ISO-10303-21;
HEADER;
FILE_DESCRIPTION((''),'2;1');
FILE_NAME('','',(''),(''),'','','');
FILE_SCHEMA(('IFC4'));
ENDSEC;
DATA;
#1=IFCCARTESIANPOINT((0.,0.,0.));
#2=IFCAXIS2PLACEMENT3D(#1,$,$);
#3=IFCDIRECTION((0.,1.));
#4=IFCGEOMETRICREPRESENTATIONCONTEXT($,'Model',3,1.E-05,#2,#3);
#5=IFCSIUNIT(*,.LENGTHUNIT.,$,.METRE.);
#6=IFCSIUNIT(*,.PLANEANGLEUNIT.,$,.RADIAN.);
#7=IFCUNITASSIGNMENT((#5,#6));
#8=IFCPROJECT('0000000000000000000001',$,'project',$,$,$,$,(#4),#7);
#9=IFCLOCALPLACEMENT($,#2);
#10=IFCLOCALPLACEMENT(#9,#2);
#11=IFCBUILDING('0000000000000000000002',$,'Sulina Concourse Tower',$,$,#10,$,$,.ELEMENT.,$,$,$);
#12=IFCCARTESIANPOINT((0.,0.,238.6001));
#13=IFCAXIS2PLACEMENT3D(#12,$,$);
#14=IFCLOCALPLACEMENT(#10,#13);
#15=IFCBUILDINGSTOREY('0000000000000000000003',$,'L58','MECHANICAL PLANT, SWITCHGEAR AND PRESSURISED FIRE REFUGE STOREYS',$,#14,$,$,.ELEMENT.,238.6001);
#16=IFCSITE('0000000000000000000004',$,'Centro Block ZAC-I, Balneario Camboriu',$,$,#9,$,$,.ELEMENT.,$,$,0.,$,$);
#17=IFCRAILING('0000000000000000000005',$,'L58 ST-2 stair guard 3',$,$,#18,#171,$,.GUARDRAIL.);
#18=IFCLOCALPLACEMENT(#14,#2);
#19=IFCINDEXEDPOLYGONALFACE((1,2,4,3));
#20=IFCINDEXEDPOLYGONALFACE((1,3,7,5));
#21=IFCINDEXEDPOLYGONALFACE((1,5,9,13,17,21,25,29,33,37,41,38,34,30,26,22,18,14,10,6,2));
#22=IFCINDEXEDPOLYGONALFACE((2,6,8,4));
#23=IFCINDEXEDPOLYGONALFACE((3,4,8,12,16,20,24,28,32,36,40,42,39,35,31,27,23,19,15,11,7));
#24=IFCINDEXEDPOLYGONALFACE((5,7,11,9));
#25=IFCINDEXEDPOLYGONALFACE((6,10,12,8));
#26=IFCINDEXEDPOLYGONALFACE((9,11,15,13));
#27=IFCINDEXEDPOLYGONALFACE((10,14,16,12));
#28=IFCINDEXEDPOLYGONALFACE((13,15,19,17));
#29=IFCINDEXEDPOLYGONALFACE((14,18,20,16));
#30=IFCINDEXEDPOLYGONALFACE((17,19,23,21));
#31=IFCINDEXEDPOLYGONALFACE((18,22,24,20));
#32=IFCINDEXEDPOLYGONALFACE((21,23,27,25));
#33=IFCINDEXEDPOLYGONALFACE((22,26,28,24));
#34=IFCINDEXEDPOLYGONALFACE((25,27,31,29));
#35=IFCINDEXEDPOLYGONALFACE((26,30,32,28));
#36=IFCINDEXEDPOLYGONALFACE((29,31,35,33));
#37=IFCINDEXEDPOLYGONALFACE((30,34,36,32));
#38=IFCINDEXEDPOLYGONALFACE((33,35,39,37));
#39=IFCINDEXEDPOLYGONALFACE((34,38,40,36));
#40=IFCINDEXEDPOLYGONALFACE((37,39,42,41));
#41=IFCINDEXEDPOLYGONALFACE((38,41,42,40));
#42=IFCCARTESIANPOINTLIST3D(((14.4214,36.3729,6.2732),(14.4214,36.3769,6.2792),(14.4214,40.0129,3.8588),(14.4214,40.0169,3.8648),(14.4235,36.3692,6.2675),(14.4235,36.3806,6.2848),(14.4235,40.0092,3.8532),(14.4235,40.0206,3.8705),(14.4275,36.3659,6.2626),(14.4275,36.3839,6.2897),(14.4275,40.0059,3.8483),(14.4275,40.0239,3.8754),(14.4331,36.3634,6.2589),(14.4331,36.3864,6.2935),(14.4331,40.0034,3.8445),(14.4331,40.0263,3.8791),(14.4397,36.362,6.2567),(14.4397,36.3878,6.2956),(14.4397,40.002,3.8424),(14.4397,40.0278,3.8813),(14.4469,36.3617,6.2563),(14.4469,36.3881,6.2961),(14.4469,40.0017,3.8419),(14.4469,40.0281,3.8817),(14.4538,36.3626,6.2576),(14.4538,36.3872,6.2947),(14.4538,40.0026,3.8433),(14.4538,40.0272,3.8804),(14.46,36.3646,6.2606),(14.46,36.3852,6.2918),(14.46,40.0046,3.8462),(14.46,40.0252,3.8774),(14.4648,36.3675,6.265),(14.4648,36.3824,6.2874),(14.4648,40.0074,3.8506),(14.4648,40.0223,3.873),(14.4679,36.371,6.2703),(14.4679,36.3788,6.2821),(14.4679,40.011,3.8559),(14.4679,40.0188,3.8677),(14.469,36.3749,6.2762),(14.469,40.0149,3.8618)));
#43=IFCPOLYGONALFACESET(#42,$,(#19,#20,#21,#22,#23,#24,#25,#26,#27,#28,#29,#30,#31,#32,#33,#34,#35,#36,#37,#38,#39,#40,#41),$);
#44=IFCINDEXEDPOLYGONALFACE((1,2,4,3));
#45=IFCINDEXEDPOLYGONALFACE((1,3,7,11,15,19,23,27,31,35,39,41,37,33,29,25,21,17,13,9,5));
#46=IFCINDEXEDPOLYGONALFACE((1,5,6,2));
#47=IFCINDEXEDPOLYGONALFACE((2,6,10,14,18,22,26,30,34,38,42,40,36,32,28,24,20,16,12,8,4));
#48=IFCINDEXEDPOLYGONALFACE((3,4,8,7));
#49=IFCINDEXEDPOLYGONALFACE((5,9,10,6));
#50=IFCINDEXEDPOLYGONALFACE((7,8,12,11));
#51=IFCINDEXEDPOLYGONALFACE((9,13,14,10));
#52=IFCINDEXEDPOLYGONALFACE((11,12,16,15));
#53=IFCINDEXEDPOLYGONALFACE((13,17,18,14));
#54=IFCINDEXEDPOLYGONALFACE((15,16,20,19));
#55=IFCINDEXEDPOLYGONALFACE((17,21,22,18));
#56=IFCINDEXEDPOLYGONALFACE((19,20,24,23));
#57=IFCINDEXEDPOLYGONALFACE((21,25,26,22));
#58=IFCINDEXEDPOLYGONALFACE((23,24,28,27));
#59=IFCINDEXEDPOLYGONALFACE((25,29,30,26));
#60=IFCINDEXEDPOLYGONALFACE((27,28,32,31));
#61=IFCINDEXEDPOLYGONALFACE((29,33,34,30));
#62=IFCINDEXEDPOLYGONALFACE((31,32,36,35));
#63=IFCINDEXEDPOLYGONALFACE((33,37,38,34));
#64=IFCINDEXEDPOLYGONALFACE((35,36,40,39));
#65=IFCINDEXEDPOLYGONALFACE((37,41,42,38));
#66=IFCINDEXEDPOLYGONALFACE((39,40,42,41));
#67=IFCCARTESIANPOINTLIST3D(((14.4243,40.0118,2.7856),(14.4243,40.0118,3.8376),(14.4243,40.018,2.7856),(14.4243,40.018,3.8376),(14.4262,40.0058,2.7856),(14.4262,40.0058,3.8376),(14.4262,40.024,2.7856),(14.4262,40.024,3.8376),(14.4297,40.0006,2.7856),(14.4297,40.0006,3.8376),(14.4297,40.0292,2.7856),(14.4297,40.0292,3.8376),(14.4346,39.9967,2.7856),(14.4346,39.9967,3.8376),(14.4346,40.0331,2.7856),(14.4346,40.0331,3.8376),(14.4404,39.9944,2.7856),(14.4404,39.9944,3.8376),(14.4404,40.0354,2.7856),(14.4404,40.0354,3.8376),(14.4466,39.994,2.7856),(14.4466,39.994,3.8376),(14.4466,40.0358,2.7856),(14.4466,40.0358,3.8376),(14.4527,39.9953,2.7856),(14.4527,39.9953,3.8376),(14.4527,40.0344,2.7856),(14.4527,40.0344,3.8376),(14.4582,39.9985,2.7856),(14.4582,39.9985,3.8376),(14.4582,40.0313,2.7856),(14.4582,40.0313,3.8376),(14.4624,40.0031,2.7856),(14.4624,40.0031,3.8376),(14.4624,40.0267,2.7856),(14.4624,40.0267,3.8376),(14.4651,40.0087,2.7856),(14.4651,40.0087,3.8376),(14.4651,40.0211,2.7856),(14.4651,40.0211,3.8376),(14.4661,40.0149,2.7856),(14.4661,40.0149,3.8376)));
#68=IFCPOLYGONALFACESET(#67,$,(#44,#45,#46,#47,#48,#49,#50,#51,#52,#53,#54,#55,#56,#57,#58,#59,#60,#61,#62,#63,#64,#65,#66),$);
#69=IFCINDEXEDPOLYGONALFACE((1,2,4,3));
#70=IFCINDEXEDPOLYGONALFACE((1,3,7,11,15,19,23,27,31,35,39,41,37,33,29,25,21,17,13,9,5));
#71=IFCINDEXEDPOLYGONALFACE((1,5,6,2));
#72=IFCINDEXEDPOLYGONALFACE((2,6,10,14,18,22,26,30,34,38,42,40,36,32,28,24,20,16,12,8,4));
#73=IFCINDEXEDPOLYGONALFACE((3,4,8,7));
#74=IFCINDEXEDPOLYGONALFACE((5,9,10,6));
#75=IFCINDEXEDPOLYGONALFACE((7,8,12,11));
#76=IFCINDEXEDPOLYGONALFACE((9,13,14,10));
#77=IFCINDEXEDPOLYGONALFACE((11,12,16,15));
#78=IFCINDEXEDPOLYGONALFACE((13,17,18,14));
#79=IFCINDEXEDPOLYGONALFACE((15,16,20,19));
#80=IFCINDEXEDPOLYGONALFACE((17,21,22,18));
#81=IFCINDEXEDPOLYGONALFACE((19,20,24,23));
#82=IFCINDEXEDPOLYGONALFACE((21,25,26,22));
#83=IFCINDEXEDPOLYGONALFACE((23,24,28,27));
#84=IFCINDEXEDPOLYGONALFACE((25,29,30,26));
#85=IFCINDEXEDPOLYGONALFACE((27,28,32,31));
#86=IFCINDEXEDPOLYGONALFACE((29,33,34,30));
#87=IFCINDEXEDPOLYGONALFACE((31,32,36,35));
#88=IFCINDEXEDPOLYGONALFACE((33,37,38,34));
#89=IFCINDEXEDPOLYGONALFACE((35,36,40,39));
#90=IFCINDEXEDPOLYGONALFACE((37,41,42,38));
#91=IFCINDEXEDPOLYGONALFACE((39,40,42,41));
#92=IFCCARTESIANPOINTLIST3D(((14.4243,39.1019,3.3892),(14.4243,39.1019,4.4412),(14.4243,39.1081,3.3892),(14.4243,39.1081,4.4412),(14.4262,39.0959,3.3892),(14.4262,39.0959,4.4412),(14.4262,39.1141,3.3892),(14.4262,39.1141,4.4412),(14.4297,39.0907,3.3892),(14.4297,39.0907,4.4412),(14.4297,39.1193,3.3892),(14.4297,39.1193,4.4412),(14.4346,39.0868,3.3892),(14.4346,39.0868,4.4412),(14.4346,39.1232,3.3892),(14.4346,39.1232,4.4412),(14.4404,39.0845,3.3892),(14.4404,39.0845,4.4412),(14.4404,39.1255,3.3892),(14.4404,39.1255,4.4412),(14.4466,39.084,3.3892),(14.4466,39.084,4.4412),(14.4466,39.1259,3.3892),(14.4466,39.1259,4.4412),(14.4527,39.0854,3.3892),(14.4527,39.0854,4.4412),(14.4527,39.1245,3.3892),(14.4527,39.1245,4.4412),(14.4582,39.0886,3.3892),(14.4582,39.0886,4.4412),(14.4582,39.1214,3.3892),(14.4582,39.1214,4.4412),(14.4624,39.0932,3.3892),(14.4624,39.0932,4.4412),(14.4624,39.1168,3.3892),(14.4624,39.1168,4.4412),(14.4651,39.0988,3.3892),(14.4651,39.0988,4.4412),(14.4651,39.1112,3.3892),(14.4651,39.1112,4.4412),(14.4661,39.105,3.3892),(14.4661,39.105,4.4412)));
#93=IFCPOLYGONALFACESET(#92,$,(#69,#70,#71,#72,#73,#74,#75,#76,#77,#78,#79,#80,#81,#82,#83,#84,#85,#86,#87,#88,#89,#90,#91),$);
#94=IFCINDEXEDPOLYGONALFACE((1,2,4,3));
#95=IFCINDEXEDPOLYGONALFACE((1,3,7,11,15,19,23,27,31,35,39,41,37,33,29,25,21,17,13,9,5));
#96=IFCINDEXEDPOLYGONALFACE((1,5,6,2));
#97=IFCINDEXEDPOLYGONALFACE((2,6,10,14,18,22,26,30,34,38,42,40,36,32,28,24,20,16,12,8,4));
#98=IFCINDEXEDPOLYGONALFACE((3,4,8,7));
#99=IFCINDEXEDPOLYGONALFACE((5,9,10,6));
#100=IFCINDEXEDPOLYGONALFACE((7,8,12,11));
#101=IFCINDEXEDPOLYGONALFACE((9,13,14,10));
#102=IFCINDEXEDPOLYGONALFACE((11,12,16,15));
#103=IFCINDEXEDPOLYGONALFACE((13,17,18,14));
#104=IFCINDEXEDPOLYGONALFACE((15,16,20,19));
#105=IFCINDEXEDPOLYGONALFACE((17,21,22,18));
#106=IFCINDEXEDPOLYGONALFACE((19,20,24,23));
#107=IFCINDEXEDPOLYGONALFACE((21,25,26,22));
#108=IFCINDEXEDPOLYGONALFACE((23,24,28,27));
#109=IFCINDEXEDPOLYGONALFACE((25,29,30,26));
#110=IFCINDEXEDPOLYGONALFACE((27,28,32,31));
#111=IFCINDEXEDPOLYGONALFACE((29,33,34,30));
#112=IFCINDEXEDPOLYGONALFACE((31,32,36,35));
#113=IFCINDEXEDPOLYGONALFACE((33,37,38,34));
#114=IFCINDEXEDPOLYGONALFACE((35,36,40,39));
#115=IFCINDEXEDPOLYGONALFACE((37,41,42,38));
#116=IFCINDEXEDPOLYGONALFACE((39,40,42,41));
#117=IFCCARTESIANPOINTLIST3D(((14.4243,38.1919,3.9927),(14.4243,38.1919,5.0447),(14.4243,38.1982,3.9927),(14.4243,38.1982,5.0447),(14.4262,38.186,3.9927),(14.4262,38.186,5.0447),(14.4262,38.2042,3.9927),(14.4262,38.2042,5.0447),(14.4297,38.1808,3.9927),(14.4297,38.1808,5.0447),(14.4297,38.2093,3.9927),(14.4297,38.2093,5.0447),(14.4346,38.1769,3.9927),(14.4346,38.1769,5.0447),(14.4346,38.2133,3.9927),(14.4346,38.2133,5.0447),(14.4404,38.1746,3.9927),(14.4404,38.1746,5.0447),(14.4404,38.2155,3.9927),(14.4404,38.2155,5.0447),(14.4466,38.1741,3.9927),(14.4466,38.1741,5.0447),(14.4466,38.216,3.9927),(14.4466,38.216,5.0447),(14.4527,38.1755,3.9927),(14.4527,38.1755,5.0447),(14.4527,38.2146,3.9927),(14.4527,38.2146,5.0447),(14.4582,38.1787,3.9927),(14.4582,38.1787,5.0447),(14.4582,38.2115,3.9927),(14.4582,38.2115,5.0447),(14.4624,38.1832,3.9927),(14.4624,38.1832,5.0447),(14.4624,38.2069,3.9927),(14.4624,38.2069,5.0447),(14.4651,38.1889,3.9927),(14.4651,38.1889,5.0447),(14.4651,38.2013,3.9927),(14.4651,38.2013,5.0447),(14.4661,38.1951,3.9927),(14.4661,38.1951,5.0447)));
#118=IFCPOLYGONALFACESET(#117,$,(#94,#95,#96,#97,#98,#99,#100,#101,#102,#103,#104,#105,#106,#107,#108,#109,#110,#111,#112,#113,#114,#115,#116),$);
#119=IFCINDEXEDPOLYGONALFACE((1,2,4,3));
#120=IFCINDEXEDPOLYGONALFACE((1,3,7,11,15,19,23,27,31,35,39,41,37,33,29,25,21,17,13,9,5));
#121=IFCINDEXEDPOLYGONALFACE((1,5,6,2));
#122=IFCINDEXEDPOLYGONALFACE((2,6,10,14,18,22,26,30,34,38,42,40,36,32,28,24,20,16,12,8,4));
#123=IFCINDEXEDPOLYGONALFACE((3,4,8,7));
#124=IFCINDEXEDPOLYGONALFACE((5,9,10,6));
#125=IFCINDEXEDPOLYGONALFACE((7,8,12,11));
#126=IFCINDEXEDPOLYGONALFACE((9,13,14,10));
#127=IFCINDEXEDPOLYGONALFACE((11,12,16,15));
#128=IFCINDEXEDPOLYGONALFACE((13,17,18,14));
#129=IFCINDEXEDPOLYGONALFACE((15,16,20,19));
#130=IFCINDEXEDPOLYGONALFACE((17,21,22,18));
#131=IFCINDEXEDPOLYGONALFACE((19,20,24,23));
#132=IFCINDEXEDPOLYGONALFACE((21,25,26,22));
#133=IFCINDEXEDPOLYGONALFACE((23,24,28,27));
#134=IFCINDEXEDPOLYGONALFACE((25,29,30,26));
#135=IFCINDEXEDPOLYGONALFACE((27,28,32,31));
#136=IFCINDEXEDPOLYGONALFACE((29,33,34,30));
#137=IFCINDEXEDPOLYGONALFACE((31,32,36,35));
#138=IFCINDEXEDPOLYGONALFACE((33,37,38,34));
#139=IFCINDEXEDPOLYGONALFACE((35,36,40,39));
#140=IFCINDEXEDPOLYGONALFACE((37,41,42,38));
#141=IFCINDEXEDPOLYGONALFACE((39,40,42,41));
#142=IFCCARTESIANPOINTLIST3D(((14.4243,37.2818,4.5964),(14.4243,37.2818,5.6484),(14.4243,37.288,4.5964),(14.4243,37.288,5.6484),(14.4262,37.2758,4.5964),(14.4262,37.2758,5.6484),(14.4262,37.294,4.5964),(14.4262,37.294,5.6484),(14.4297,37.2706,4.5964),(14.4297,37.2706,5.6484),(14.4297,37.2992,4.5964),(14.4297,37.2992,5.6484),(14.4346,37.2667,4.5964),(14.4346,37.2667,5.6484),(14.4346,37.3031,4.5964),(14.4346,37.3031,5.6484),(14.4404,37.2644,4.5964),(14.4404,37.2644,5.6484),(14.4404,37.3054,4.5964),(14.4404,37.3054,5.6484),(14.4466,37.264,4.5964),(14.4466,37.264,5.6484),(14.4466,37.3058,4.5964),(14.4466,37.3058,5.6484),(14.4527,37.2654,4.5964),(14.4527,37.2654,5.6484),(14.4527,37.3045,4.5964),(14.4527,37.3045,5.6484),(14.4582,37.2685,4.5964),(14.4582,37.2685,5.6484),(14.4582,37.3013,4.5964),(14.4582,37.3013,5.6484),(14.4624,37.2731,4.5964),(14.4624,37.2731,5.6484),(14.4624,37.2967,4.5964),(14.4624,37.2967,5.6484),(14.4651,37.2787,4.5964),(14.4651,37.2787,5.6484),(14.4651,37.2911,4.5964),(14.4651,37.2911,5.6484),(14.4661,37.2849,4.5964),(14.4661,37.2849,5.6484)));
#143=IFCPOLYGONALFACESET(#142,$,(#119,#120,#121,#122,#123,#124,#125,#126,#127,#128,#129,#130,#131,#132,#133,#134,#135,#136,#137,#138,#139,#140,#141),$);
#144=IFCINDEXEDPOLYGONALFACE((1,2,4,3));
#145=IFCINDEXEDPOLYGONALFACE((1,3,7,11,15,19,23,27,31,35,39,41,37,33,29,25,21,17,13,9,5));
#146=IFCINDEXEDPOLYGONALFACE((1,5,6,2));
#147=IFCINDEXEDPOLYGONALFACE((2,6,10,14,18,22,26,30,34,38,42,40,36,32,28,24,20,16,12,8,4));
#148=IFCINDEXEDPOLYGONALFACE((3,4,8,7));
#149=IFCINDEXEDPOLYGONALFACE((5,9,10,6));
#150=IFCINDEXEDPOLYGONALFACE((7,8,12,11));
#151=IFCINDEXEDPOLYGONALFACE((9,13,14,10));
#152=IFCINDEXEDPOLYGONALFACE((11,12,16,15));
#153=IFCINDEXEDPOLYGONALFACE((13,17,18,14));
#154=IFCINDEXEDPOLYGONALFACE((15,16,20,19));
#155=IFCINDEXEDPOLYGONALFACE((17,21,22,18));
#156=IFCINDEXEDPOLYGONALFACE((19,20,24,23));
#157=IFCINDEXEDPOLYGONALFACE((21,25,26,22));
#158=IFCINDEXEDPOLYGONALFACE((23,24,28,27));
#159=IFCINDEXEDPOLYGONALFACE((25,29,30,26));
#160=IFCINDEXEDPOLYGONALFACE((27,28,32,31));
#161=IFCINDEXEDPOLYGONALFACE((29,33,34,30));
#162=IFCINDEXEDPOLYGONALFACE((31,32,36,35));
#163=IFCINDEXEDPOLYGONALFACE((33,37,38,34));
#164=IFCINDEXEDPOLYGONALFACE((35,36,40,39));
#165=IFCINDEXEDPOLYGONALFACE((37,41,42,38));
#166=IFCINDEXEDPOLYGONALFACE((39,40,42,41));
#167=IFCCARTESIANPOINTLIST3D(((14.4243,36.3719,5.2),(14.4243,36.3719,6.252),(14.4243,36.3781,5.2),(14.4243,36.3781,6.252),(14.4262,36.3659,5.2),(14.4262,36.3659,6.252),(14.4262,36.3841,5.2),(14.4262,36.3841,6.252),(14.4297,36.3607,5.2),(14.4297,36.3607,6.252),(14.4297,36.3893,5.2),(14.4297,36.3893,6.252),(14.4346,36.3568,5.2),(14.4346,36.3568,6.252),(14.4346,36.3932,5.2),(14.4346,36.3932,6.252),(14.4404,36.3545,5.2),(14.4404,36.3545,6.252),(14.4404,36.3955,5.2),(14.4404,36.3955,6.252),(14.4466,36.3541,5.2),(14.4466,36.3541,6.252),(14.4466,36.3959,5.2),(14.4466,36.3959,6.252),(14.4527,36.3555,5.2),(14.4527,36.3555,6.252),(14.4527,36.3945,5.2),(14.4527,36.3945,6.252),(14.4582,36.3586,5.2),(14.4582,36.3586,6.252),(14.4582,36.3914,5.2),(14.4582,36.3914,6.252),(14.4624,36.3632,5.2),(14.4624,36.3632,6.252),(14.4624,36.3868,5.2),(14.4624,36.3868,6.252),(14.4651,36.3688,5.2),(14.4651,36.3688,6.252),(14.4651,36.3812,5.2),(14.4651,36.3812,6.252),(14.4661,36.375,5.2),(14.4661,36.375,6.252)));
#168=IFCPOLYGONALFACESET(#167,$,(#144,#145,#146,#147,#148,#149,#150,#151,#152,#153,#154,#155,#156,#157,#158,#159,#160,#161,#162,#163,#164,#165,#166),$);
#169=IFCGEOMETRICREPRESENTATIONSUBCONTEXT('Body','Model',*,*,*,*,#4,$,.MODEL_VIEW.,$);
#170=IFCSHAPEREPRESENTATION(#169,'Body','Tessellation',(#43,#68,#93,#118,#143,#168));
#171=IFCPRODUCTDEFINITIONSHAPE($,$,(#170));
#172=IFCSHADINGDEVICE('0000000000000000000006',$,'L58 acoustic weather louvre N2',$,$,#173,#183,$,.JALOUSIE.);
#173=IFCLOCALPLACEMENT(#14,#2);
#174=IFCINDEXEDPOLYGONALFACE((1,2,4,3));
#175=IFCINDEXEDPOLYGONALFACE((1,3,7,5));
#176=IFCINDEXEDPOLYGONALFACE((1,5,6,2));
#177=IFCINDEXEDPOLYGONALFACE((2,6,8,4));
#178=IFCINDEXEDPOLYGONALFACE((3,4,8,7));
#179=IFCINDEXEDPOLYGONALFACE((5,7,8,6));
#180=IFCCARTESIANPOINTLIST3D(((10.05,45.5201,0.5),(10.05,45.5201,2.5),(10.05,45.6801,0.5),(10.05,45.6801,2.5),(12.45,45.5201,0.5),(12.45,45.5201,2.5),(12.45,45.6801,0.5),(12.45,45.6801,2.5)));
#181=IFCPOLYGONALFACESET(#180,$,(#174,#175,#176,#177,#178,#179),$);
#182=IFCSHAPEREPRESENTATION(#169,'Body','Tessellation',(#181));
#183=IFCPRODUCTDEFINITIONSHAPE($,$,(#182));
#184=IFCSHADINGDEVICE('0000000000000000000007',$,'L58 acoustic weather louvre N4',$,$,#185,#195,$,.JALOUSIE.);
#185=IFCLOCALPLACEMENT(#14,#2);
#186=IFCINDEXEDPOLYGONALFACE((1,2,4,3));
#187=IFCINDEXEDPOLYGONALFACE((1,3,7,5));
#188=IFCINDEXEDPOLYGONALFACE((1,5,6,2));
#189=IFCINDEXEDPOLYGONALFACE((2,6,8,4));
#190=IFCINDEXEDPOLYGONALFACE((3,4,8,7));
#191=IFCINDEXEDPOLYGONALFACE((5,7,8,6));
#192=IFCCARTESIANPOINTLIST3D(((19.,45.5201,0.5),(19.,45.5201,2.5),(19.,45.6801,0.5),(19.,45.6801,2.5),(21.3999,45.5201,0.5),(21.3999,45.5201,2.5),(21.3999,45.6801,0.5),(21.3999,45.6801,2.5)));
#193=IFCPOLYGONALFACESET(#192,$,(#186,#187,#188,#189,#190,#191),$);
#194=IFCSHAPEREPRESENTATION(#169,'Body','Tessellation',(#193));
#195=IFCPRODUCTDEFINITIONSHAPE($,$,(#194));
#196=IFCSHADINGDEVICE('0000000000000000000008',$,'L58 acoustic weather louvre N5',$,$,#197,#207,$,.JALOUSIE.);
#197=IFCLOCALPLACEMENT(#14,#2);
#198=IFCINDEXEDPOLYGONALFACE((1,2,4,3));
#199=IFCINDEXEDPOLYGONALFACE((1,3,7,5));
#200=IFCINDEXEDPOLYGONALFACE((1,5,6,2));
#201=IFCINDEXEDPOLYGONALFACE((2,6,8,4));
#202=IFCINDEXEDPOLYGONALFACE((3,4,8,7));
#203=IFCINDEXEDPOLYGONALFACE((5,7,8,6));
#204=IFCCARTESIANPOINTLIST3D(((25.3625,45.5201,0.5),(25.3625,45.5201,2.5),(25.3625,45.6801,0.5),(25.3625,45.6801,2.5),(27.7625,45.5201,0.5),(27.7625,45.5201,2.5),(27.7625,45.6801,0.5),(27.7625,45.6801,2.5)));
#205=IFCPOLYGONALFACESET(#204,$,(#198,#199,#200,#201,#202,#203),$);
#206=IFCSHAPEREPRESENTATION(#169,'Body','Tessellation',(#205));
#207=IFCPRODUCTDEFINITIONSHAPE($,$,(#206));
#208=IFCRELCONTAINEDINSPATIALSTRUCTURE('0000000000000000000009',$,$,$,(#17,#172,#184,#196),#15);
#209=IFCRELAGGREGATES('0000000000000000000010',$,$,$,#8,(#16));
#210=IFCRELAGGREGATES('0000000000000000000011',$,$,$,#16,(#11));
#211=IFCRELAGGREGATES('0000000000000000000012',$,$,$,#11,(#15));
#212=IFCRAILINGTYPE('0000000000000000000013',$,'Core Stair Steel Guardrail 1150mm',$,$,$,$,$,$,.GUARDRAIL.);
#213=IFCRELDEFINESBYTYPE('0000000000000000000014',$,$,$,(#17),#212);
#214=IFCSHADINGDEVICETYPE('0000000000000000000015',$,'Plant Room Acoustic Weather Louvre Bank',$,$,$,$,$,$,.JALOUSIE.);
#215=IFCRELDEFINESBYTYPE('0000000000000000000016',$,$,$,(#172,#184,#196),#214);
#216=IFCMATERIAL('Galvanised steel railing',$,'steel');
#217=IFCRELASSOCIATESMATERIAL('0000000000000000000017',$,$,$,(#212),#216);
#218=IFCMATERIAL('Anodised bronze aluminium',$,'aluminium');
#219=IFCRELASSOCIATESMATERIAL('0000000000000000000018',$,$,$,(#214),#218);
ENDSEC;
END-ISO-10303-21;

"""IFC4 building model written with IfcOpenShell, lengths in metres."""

from ifc_helpers import new_model, si_unit, direction, frame, origin, origin_2d, place, context, subcontext, project, spatial, rectangle, circle, extrude, material, type_object, element, save


model = new_model("IFC4")

# Units and contexts
model_context = context("Model", 3, precision=1e-05, world=origin(), true_north=direction((0.0, 1.0)))
body_context = subcontext(model_context, "Body", "Model", "MODEL_VIEW")
ifc_project = project(units=[si_unit("LENGTHUNIT", "METRE"), si_unit("PLANEANGLEUNIT", "RADIAN")], contexts=[model_context])

# Site, building, storey
site_placement = place(None, origin())
site = spatial("IfcSite", under=ifc_project, at=site_placement, Name="Centro Block ZAC-I, Balneario Camboriu", CompositionType="ELEMENT", RefElevation=0.0)
building_placement = place(site_placement, origin())
building = spatial("IfcBuilding", under=site, at=building_placement, Name="Sulina Concourse Tower", CompositionType="ELEMENT")
storey_placement = place(building_placement, frame((0.0, 0.0, 238.6001)))
storey = spatial("IfcBuildingStorey", under=building, at=storey_placement, Name="L58", Description="MECHANICAL PLANT, SWITCHGEAR AND PRESSURISED FIRE REFUGE STOREYS", CompositionType="ELEMENT", Elevation=238.6001)

# Railing
ifc_material_1 = material(Name="Galvanised steel railing", Category="steel")
railing_type_1 = type_object("IfcRailingType", Name="Core Stair Steel Guardrail 1150mm", PredefinedType="GUARDRAIL", material=ifc_material_1)
railing_1_placement = place(storey_placement, frame((14.4451, 40.0149, 2.7856)))
element("IfcRailing", 1, at=railing_1_placement, inside=storey, type_object=railing_type_1, Name="L58 ST-2 stair guard 3", PredefinedType="GUARDRAIL", context=body_context, shape_type="SweptSolid", body=[
    extrude(circle(Radius=0.0239, at=origin_2d()), frame((0.0, 0.0, 1.0762), z_axis=(0.0, -0.833347, 0.552751), x_axis=(1.0, 0.0, 0.0)), (0.0, 0.0, 1.0), 4.3679),
    extrude(circle(Radius=0.021, at=origin_2d()), origin(), (0.0, 0.0, 1.0), 1.052),
    extrude(circle(Radius=0.021, at=origin_2d()), frame((0.0, -0.9099, 0.6035)), (0.0, 0.0, 1.0), 1.052),
    extrude(circle(Radius=0.021, at=origin_2d()), frame((0.0, -1.8198, 1.207)), (0.0, 0.0, 1.0), 1.052),
    extrude(circle(Radius=0.021, at=origin_2d()), frame((0.0, -2.73, 1.8108)), (0.0, 0.0, 1.0), 1.052),
    extrude(circle(Radius=0.021, at=origin_2d()), frame((0.0, -3.6399, 2.4143)), (0.0, 0.0, 1.0), 1.052),
])

# Shading devices
ifc_material_2 = material(Name="Anodised bronze aluminium", Category="aluminium")
shading_device_type = type_object("IfcShadingDeviceType", Name="Plant Room Acoustic Weather Louvre Bank", PredefinedType="JALOUSIE", material=ifc_material_2)
for number, where, z_axis, x_axis, name in (
    (2, (11.25, 45.6001, 0.5), (0.0, 0.0, 1.0), (1.0, 0.0, 0.0), "L58 acoustic weather louvre N2"),
    (3, (20.2, 45.6001, 0.5), (0.0, 0.0, 1.0), (1.0, 0.0, 0.0), "L58 acoustic weather louvre N4"),
    (4, (26.5625, 45.6001, 0.5), (0.0, 0.0, 1.0), (1.0, 0.0, 0.0), "L58 acoustic weather louvre N5"),
):
    element("IfcShadingDevice", number, at=place(storey_placement, frame(where, z_axis=z_axis, x_axis=x_axis)), inside=storey, type_object=shading_device_type, Name=name, PredefinedType="JALOUSIE", context=body_context, shape_type="SweptSolid", body=[
        extrude(rectangle(XDim=2.3999, YDim=0.1599, at=origin_2d()), origin(), (0.0, 0.0, 1.0), 2.0),
    ])

save(model, "model.ifc")
